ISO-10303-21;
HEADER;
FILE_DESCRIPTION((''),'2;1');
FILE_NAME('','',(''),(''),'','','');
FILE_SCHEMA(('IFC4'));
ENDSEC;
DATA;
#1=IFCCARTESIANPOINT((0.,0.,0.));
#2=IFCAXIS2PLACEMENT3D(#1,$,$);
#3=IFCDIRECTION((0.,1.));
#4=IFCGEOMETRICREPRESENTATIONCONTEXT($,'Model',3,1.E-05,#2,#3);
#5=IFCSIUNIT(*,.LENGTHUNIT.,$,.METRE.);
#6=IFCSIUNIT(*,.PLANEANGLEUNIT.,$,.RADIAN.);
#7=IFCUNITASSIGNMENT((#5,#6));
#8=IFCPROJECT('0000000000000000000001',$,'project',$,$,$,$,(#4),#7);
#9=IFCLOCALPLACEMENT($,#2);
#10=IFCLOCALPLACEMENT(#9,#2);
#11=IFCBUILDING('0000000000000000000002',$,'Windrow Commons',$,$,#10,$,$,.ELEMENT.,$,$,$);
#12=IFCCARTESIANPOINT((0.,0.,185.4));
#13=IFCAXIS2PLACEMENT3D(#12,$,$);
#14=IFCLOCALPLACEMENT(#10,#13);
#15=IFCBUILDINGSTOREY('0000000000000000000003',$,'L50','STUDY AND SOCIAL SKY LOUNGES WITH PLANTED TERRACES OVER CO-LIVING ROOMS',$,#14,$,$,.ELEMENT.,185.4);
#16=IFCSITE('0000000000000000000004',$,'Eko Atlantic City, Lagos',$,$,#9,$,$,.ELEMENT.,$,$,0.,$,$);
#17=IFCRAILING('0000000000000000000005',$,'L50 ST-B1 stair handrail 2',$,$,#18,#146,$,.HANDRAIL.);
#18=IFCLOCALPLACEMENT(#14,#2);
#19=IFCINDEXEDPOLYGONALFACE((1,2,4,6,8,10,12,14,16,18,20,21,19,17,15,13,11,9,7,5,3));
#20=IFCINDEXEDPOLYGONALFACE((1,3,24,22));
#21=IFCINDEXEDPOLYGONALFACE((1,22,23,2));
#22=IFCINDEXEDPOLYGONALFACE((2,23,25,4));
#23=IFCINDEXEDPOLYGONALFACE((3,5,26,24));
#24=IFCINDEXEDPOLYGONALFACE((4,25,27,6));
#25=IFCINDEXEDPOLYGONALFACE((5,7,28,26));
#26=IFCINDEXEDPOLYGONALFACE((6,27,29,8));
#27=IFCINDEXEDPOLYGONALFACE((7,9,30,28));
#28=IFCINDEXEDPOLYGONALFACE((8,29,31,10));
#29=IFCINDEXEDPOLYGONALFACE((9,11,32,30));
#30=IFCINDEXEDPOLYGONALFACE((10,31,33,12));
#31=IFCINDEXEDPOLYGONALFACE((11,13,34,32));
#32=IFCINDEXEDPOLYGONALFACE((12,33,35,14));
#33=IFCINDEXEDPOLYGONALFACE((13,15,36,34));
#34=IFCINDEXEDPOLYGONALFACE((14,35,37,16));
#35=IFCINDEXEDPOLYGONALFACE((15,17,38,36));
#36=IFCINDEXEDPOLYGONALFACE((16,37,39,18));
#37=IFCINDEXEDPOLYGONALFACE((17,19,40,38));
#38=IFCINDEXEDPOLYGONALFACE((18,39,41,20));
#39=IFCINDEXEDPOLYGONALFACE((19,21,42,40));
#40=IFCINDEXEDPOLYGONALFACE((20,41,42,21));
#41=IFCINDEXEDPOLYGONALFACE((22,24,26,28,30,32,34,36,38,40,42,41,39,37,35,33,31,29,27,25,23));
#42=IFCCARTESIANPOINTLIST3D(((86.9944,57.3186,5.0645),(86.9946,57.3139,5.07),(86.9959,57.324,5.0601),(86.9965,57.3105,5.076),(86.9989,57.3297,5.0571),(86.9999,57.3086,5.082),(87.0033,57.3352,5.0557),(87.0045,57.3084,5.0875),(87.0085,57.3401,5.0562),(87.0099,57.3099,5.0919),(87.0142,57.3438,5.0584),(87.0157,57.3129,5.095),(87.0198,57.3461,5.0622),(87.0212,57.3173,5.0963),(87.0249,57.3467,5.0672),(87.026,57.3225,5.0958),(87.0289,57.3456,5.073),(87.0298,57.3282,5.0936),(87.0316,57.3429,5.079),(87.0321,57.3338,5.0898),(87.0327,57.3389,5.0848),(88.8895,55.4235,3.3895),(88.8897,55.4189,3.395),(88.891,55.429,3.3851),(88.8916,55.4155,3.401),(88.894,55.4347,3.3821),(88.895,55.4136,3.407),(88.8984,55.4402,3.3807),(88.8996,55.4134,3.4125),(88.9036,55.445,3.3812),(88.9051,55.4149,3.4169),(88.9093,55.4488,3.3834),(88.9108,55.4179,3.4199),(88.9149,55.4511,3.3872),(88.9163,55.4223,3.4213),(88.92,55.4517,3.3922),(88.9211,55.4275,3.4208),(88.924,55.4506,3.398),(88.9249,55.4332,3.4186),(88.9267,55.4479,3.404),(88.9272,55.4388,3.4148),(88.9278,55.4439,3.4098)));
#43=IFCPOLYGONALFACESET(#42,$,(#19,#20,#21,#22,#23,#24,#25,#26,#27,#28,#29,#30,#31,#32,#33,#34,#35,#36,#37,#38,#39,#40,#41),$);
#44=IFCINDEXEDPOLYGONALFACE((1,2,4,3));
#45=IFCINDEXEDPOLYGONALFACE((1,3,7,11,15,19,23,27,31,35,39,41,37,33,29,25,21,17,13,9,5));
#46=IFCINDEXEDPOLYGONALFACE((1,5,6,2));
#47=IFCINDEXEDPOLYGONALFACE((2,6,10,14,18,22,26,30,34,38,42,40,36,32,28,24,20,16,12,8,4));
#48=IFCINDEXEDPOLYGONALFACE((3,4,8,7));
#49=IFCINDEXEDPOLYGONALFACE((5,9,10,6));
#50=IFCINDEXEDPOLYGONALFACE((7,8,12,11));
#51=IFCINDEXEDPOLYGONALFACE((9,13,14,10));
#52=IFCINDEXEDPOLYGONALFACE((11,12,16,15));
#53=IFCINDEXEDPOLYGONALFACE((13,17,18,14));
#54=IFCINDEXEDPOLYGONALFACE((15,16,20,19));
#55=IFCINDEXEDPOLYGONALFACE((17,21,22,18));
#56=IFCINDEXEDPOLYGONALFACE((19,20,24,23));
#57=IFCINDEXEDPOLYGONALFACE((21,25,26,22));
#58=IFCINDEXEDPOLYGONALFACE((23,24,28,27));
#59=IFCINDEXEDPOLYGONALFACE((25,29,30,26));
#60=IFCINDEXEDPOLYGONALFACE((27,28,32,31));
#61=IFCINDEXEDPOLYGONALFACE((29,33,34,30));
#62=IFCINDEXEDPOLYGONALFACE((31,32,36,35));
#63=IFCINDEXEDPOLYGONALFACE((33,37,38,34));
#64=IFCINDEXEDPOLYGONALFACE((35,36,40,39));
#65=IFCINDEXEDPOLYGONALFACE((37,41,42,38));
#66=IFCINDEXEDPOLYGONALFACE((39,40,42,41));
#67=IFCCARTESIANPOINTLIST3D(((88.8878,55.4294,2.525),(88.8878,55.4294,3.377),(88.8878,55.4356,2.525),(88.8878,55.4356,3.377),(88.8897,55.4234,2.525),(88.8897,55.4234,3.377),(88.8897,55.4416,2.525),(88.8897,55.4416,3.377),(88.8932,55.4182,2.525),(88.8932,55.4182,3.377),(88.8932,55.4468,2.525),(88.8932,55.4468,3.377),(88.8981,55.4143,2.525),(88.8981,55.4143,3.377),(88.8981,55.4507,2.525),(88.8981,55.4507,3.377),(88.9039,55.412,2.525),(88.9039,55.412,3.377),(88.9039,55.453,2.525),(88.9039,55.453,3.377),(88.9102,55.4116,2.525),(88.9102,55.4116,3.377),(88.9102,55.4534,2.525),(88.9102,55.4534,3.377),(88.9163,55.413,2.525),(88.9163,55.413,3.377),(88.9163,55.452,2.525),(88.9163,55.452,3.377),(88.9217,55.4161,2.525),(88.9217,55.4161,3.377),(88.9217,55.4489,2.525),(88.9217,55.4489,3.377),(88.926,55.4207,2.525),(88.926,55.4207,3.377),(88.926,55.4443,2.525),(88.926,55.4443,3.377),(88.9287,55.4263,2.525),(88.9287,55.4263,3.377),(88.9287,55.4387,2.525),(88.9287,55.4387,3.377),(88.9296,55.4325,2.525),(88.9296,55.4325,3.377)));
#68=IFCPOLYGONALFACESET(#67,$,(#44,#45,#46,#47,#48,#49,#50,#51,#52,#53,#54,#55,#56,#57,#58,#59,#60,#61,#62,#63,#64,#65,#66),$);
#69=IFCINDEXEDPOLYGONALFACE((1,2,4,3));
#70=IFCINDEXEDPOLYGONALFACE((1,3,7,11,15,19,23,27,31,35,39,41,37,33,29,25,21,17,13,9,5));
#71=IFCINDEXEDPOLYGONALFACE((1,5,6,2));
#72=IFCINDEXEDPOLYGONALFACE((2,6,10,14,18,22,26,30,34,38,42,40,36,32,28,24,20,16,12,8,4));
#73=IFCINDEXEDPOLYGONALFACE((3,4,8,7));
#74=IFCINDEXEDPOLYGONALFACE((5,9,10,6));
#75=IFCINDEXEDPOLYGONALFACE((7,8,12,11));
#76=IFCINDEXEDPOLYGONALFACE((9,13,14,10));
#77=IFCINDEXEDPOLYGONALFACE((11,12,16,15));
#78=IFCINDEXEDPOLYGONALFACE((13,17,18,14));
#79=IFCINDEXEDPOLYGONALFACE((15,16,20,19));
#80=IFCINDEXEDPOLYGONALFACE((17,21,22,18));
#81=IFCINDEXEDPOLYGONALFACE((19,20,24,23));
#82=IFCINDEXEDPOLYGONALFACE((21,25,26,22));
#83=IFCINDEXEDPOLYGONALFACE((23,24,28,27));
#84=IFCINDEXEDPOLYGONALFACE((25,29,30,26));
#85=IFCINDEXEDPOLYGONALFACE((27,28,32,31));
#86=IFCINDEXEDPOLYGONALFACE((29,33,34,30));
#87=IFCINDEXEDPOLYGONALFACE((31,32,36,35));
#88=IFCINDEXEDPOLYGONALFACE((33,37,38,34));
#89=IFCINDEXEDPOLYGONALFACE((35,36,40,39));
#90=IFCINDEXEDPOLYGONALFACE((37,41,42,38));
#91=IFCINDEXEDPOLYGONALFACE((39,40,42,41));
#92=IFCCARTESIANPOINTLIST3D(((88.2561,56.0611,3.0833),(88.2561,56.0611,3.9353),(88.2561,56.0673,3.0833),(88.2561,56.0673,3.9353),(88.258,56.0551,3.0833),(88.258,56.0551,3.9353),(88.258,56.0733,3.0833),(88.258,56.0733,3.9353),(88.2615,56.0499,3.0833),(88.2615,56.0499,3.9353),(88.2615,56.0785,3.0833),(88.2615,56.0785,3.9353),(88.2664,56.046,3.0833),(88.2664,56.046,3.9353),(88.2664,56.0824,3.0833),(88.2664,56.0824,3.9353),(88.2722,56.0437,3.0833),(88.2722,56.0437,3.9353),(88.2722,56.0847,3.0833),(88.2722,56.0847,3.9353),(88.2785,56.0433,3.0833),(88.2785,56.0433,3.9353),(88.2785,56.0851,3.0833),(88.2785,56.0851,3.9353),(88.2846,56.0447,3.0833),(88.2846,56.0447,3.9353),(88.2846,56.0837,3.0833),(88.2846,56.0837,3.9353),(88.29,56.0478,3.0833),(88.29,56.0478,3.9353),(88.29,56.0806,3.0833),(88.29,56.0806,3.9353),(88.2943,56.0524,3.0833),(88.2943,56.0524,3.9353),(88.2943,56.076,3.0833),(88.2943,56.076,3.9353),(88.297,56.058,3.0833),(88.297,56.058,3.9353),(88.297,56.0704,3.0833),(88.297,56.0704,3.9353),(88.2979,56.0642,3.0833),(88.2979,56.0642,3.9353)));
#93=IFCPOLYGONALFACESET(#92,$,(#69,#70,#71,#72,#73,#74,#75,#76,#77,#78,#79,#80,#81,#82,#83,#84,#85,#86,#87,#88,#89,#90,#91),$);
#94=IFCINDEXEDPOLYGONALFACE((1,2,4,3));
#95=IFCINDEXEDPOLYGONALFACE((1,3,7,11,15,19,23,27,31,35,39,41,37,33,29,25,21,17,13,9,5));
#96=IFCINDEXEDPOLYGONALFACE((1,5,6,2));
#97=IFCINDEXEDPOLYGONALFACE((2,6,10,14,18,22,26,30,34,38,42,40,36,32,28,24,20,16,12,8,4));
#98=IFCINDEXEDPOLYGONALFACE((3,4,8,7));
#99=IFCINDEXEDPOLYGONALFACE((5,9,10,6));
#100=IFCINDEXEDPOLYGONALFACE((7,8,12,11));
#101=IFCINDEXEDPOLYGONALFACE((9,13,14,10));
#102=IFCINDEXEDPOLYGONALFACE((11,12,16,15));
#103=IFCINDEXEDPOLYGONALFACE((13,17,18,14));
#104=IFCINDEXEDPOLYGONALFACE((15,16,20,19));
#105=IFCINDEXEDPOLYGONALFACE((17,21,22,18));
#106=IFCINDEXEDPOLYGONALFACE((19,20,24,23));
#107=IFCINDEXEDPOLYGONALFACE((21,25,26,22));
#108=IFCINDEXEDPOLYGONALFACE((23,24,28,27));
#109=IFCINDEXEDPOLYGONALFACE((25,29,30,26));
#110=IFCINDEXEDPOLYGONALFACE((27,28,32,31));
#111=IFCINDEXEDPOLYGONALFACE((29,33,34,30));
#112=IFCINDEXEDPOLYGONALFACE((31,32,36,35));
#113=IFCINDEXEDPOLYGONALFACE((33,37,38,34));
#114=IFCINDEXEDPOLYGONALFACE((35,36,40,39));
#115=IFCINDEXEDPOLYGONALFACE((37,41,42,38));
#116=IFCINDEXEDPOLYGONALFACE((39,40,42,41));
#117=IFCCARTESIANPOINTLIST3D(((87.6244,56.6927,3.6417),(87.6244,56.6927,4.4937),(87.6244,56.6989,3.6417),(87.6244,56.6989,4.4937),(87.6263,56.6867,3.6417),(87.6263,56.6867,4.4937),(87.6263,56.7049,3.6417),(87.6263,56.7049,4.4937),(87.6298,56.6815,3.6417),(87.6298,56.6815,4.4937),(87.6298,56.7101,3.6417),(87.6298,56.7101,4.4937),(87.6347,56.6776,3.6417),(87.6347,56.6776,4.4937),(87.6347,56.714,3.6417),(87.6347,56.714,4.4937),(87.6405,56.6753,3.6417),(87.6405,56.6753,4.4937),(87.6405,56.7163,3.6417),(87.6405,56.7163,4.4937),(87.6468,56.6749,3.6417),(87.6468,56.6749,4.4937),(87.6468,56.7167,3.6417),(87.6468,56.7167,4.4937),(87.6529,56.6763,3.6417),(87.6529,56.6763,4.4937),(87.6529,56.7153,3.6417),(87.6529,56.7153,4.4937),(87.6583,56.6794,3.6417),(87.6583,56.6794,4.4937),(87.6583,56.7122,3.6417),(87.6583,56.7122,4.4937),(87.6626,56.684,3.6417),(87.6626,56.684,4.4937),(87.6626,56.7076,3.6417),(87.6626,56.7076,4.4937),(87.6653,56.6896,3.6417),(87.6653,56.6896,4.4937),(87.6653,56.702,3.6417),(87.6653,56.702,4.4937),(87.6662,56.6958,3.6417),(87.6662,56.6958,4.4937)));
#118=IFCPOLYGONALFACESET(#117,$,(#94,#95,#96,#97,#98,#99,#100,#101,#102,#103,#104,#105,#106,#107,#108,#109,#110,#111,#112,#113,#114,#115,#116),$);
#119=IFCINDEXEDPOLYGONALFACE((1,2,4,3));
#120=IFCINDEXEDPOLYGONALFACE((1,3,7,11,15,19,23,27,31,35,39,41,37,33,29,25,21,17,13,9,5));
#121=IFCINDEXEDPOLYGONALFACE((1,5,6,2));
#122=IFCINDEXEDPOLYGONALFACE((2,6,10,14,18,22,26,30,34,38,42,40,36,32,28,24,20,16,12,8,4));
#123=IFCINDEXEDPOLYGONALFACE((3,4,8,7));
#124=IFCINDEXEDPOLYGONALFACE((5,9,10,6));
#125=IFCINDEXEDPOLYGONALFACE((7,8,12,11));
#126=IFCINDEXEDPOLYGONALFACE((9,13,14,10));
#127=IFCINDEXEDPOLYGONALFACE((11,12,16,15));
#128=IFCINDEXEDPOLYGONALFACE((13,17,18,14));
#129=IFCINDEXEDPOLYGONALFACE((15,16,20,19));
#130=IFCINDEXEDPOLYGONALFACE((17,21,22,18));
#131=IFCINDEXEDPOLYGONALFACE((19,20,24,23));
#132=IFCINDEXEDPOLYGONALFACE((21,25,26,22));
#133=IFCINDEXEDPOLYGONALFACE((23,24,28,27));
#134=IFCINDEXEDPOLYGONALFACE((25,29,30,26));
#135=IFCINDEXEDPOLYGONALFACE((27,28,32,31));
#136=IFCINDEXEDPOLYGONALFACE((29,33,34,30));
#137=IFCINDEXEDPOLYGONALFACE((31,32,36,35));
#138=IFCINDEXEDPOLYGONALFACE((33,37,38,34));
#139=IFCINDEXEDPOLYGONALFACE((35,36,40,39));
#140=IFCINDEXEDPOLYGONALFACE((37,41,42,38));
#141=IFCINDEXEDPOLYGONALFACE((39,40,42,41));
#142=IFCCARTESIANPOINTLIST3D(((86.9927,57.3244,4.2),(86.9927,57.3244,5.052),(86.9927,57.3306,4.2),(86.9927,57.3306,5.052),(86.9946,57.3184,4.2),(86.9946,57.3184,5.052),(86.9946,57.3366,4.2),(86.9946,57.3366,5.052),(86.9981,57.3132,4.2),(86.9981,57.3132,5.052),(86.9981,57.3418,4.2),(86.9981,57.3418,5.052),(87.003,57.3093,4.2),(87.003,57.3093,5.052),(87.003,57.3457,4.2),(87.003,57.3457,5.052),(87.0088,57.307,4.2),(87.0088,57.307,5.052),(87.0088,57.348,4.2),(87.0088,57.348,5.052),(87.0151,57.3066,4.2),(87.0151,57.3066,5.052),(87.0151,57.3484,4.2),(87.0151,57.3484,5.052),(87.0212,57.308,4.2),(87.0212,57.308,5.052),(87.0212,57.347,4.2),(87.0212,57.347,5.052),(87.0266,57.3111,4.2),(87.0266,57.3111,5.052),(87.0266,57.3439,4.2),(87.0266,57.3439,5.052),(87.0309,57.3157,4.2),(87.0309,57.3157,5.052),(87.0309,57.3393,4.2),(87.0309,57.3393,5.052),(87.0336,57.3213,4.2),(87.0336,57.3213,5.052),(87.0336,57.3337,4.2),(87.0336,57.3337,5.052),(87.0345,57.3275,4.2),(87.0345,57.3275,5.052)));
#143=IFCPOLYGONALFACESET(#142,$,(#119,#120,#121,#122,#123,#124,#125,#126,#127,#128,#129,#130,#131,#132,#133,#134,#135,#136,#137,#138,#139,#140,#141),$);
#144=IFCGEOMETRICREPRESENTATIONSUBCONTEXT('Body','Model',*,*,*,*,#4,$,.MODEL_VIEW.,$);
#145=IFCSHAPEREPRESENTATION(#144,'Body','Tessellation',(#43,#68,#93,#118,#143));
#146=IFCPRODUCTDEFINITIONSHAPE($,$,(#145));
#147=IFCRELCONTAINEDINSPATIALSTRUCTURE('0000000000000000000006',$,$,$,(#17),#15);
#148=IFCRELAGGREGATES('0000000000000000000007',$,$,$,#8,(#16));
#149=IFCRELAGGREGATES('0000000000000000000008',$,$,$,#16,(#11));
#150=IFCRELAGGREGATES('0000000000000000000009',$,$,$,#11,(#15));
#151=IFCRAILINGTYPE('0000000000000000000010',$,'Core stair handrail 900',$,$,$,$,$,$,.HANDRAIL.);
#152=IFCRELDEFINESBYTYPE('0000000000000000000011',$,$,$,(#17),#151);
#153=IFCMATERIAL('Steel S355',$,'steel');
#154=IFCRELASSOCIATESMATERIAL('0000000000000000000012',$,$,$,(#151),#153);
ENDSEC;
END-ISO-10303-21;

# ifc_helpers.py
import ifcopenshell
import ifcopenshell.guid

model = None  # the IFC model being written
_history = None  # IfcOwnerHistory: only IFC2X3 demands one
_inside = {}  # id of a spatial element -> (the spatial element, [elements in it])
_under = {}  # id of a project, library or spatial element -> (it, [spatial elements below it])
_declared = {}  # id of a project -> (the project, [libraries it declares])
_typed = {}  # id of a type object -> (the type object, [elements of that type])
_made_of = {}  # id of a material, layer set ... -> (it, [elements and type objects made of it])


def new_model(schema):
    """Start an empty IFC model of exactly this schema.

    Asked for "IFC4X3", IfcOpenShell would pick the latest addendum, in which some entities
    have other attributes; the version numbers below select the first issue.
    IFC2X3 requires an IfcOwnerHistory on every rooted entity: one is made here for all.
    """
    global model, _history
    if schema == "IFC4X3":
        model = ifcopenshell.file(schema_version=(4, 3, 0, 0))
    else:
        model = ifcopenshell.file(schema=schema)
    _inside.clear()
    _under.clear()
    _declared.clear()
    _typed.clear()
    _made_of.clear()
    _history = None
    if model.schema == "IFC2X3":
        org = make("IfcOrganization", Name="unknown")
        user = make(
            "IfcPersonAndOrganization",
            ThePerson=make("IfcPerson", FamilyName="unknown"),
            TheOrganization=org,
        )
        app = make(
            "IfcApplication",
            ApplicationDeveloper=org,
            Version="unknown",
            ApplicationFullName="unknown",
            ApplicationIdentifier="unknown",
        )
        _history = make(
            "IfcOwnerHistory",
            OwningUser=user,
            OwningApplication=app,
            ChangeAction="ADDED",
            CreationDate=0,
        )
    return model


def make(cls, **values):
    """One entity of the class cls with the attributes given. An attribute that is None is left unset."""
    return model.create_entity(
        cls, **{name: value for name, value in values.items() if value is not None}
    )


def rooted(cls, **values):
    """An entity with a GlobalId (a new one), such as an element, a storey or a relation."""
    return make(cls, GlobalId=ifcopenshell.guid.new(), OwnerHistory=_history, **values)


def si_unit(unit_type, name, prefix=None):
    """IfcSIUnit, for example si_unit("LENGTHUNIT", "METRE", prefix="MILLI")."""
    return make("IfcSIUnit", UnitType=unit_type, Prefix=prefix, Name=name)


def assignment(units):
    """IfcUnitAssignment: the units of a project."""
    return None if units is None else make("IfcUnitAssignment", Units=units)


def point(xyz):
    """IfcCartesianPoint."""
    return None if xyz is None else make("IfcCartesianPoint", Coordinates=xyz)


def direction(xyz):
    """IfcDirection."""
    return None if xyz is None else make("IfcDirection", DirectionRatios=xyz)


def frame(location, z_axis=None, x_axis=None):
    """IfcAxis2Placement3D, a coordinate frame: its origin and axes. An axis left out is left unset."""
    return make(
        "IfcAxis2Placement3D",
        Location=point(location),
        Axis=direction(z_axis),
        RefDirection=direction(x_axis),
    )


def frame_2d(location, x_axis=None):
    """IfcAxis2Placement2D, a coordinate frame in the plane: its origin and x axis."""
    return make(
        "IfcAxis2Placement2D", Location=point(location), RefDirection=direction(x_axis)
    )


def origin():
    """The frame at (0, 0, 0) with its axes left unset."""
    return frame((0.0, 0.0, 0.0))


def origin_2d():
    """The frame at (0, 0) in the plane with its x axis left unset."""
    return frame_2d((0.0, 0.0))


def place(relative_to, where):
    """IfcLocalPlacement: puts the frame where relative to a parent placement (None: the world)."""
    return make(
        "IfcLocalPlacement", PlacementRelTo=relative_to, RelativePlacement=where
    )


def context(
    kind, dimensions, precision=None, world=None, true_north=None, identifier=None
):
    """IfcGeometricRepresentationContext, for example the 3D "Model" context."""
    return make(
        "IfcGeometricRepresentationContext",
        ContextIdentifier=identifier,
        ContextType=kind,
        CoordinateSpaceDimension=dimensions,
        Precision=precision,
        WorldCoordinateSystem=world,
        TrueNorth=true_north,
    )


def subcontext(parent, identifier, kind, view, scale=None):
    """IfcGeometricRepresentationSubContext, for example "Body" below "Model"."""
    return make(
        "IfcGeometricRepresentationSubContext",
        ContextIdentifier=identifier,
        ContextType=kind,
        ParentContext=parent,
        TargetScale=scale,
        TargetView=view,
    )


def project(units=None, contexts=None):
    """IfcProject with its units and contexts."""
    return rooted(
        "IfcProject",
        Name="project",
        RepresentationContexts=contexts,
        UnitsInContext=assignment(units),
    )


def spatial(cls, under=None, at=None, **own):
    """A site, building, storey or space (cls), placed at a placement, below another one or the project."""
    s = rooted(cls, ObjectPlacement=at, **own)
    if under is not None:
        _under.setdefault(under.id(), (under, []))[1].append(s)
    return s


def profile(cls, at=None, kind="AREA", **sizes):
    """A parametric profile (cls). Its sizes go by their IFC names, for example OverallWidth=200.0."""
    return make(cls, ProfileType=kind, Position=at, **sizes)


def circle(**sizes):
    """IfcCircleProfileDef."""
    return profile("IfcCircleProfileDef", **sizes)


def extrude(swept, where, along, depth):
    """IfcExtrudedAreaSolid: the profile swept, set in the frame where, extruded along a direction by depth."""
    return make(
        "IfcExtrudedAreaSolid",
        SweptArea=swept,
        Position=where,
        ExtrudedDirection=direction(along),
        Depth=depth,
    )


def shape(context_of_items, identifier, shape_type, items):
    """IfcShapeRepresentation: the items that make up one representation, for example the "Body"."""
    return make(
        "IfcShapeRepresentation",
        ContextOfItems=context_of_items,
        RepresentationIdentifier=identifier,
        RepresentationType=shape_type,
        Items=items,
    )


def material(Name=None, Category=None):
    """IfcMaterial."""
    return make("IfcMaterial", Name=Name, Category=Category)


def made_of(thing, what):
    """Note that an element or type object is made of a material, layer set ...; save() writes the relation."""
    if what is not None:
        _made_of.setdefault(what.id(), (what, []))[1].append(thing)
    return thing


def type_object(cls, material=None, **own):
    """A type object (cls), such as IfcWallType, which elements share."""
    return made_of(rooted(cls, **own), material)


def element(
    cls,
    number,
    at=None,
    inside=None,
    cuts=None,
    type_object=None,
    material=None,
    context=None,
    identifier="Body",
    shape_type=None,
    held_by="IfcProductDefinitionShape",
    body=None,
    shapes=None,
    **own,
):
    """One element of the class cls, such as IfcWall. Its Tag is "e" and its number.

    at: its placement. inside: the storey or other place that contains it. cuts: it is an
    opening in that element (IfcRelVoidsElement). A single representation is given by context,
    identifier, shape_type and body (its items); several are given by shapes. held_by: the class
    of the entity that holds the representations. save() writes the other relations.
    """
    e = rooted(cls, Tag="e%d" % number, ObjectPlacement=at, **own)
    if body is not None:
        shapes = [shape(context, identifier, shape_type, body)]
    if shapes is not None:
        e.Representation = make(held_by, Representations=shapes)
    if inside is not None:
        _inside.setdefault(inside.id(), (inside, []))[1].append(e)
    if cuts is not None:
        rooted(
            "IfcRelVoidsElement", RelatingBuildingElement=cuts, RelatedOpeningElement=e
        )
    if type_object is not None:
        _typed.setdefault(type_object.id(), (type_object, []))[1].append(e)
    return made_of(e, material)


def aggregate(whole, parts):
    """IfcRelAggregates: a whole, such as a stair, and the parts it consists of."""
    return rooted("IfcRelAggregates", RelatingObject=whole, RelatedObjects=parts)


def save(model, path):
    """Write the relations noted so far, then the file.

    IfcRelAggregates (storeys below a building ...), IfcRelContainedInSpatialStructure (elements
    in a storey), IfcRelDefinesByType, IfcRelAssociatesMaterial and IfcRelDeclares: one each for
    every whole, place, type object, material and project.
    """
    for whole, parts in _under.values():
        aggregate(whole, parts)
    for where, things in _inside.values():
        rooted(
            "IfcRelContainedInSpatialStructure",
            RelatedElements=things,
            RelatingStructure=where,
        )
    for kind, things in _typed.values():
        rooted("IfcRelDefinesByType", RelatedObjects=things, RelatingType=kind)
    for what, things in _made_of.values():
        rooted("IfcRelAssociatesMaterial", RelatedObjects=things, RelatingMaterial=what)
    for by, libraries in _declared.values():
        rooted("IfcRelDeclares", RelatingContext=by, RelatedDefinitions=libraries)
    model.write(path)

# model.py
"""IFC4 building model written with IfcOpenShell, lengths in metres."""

from ifc_helpers import new_model, si_unit, direction, frame, origin, origin_2d, place, context, subcontext, project, spatial, circle, extrude, material, type_object, element, save


model = new_model("IFC4")

# Units and contexts
model_context = context("Model", 3, precision=1e-05, world=origin(), true_north=direction((0.0, 1.0)))
body_context = subcontext(model_context, "Body", "Model", "MODEL_VIEW")
ifc_project = project(units=[si_unit("LENGTHUNIT", "METRE"), si_unit("PLANEANGLEUNIT", "RADIAN")], contexts=[model_context])

# Site, building, storey
site_placement = place(None, origin())
site = spatial("IfcSite", under=ifc_project, at=site_placement, Name="Eko Atlantic City, Lagos", CompositionType="ELEMENT", RefElevation=0.0)
building_placement = place(site_placement, origin())
building = spatial("IfcBuilding", under=site, at=building_placement, Name="Windrow Commons", CompositionType="ELEMENT")
storey_placement = place(building_placement, frame((0.0, 0.0, 185.4)))
storey = spatial("IfcBuildingStorey", under=building, at=storey_placement, Name="L50", Description="STUDY AND SOCIAL SKY LOUNGES WITH PLANTED TERRACES OVER CO-LIVING ROOMS", CompositionType="ELEMENT", Elevation=185.4)

# Railing
ifc_material_1 = material(Name="Steel S355", Category="steel")
railing_type_1 = type_object("IfcRailingType", Name="Core stair handrail 900", PredefinedType="HANDRAIL", material=ifc_material_1)
railing_1_placement = place(storey_placement, frame((88.9086, 55.4325, 2.525)))
element("IfcRailing", 1, at=railing_1_placement, inside=storey, type_object=railing_type_1, Name="L50 ST-B1 stair handrail 2", PredefinedType="HANDRAIL", context=body_context, shape_type="SweptSolid", body=[
    extrude(circle(Radius=0.024, at=origin_2d()), frame((0.0, 0.0, 0.876), z_axis=(-0.599642, 0.59961, 0.529998), x_axis=(-0.707088, -0.707125, 0.0)), (0.0, 0.0, 1.0), 3.1604),
    extrude(circle(Radius=0.021, at=origin_2d()), origin(), (0.0, 0.0, 1.0), 0.852),
    extrude(circle(Radius=0.021, at=origin_2d()), frame((-0.6317, 0.6317, 0.5583)), (0.0, 0.0, 1.0), 0.852),
    extrude(circle(Radius=0.021, at=origin_2d()), frame((-1.2634, 1.2633, 1.1167)), (0.0, 0.0, 1.0), 0.852),
    extrude(circle(Radius=0.021, at=origin_2d()), frame((-1.8951, 1.895, 1.675)), (0.0, 0.0, 1.0), 0.852),
])

save(model, "model.ifc")
